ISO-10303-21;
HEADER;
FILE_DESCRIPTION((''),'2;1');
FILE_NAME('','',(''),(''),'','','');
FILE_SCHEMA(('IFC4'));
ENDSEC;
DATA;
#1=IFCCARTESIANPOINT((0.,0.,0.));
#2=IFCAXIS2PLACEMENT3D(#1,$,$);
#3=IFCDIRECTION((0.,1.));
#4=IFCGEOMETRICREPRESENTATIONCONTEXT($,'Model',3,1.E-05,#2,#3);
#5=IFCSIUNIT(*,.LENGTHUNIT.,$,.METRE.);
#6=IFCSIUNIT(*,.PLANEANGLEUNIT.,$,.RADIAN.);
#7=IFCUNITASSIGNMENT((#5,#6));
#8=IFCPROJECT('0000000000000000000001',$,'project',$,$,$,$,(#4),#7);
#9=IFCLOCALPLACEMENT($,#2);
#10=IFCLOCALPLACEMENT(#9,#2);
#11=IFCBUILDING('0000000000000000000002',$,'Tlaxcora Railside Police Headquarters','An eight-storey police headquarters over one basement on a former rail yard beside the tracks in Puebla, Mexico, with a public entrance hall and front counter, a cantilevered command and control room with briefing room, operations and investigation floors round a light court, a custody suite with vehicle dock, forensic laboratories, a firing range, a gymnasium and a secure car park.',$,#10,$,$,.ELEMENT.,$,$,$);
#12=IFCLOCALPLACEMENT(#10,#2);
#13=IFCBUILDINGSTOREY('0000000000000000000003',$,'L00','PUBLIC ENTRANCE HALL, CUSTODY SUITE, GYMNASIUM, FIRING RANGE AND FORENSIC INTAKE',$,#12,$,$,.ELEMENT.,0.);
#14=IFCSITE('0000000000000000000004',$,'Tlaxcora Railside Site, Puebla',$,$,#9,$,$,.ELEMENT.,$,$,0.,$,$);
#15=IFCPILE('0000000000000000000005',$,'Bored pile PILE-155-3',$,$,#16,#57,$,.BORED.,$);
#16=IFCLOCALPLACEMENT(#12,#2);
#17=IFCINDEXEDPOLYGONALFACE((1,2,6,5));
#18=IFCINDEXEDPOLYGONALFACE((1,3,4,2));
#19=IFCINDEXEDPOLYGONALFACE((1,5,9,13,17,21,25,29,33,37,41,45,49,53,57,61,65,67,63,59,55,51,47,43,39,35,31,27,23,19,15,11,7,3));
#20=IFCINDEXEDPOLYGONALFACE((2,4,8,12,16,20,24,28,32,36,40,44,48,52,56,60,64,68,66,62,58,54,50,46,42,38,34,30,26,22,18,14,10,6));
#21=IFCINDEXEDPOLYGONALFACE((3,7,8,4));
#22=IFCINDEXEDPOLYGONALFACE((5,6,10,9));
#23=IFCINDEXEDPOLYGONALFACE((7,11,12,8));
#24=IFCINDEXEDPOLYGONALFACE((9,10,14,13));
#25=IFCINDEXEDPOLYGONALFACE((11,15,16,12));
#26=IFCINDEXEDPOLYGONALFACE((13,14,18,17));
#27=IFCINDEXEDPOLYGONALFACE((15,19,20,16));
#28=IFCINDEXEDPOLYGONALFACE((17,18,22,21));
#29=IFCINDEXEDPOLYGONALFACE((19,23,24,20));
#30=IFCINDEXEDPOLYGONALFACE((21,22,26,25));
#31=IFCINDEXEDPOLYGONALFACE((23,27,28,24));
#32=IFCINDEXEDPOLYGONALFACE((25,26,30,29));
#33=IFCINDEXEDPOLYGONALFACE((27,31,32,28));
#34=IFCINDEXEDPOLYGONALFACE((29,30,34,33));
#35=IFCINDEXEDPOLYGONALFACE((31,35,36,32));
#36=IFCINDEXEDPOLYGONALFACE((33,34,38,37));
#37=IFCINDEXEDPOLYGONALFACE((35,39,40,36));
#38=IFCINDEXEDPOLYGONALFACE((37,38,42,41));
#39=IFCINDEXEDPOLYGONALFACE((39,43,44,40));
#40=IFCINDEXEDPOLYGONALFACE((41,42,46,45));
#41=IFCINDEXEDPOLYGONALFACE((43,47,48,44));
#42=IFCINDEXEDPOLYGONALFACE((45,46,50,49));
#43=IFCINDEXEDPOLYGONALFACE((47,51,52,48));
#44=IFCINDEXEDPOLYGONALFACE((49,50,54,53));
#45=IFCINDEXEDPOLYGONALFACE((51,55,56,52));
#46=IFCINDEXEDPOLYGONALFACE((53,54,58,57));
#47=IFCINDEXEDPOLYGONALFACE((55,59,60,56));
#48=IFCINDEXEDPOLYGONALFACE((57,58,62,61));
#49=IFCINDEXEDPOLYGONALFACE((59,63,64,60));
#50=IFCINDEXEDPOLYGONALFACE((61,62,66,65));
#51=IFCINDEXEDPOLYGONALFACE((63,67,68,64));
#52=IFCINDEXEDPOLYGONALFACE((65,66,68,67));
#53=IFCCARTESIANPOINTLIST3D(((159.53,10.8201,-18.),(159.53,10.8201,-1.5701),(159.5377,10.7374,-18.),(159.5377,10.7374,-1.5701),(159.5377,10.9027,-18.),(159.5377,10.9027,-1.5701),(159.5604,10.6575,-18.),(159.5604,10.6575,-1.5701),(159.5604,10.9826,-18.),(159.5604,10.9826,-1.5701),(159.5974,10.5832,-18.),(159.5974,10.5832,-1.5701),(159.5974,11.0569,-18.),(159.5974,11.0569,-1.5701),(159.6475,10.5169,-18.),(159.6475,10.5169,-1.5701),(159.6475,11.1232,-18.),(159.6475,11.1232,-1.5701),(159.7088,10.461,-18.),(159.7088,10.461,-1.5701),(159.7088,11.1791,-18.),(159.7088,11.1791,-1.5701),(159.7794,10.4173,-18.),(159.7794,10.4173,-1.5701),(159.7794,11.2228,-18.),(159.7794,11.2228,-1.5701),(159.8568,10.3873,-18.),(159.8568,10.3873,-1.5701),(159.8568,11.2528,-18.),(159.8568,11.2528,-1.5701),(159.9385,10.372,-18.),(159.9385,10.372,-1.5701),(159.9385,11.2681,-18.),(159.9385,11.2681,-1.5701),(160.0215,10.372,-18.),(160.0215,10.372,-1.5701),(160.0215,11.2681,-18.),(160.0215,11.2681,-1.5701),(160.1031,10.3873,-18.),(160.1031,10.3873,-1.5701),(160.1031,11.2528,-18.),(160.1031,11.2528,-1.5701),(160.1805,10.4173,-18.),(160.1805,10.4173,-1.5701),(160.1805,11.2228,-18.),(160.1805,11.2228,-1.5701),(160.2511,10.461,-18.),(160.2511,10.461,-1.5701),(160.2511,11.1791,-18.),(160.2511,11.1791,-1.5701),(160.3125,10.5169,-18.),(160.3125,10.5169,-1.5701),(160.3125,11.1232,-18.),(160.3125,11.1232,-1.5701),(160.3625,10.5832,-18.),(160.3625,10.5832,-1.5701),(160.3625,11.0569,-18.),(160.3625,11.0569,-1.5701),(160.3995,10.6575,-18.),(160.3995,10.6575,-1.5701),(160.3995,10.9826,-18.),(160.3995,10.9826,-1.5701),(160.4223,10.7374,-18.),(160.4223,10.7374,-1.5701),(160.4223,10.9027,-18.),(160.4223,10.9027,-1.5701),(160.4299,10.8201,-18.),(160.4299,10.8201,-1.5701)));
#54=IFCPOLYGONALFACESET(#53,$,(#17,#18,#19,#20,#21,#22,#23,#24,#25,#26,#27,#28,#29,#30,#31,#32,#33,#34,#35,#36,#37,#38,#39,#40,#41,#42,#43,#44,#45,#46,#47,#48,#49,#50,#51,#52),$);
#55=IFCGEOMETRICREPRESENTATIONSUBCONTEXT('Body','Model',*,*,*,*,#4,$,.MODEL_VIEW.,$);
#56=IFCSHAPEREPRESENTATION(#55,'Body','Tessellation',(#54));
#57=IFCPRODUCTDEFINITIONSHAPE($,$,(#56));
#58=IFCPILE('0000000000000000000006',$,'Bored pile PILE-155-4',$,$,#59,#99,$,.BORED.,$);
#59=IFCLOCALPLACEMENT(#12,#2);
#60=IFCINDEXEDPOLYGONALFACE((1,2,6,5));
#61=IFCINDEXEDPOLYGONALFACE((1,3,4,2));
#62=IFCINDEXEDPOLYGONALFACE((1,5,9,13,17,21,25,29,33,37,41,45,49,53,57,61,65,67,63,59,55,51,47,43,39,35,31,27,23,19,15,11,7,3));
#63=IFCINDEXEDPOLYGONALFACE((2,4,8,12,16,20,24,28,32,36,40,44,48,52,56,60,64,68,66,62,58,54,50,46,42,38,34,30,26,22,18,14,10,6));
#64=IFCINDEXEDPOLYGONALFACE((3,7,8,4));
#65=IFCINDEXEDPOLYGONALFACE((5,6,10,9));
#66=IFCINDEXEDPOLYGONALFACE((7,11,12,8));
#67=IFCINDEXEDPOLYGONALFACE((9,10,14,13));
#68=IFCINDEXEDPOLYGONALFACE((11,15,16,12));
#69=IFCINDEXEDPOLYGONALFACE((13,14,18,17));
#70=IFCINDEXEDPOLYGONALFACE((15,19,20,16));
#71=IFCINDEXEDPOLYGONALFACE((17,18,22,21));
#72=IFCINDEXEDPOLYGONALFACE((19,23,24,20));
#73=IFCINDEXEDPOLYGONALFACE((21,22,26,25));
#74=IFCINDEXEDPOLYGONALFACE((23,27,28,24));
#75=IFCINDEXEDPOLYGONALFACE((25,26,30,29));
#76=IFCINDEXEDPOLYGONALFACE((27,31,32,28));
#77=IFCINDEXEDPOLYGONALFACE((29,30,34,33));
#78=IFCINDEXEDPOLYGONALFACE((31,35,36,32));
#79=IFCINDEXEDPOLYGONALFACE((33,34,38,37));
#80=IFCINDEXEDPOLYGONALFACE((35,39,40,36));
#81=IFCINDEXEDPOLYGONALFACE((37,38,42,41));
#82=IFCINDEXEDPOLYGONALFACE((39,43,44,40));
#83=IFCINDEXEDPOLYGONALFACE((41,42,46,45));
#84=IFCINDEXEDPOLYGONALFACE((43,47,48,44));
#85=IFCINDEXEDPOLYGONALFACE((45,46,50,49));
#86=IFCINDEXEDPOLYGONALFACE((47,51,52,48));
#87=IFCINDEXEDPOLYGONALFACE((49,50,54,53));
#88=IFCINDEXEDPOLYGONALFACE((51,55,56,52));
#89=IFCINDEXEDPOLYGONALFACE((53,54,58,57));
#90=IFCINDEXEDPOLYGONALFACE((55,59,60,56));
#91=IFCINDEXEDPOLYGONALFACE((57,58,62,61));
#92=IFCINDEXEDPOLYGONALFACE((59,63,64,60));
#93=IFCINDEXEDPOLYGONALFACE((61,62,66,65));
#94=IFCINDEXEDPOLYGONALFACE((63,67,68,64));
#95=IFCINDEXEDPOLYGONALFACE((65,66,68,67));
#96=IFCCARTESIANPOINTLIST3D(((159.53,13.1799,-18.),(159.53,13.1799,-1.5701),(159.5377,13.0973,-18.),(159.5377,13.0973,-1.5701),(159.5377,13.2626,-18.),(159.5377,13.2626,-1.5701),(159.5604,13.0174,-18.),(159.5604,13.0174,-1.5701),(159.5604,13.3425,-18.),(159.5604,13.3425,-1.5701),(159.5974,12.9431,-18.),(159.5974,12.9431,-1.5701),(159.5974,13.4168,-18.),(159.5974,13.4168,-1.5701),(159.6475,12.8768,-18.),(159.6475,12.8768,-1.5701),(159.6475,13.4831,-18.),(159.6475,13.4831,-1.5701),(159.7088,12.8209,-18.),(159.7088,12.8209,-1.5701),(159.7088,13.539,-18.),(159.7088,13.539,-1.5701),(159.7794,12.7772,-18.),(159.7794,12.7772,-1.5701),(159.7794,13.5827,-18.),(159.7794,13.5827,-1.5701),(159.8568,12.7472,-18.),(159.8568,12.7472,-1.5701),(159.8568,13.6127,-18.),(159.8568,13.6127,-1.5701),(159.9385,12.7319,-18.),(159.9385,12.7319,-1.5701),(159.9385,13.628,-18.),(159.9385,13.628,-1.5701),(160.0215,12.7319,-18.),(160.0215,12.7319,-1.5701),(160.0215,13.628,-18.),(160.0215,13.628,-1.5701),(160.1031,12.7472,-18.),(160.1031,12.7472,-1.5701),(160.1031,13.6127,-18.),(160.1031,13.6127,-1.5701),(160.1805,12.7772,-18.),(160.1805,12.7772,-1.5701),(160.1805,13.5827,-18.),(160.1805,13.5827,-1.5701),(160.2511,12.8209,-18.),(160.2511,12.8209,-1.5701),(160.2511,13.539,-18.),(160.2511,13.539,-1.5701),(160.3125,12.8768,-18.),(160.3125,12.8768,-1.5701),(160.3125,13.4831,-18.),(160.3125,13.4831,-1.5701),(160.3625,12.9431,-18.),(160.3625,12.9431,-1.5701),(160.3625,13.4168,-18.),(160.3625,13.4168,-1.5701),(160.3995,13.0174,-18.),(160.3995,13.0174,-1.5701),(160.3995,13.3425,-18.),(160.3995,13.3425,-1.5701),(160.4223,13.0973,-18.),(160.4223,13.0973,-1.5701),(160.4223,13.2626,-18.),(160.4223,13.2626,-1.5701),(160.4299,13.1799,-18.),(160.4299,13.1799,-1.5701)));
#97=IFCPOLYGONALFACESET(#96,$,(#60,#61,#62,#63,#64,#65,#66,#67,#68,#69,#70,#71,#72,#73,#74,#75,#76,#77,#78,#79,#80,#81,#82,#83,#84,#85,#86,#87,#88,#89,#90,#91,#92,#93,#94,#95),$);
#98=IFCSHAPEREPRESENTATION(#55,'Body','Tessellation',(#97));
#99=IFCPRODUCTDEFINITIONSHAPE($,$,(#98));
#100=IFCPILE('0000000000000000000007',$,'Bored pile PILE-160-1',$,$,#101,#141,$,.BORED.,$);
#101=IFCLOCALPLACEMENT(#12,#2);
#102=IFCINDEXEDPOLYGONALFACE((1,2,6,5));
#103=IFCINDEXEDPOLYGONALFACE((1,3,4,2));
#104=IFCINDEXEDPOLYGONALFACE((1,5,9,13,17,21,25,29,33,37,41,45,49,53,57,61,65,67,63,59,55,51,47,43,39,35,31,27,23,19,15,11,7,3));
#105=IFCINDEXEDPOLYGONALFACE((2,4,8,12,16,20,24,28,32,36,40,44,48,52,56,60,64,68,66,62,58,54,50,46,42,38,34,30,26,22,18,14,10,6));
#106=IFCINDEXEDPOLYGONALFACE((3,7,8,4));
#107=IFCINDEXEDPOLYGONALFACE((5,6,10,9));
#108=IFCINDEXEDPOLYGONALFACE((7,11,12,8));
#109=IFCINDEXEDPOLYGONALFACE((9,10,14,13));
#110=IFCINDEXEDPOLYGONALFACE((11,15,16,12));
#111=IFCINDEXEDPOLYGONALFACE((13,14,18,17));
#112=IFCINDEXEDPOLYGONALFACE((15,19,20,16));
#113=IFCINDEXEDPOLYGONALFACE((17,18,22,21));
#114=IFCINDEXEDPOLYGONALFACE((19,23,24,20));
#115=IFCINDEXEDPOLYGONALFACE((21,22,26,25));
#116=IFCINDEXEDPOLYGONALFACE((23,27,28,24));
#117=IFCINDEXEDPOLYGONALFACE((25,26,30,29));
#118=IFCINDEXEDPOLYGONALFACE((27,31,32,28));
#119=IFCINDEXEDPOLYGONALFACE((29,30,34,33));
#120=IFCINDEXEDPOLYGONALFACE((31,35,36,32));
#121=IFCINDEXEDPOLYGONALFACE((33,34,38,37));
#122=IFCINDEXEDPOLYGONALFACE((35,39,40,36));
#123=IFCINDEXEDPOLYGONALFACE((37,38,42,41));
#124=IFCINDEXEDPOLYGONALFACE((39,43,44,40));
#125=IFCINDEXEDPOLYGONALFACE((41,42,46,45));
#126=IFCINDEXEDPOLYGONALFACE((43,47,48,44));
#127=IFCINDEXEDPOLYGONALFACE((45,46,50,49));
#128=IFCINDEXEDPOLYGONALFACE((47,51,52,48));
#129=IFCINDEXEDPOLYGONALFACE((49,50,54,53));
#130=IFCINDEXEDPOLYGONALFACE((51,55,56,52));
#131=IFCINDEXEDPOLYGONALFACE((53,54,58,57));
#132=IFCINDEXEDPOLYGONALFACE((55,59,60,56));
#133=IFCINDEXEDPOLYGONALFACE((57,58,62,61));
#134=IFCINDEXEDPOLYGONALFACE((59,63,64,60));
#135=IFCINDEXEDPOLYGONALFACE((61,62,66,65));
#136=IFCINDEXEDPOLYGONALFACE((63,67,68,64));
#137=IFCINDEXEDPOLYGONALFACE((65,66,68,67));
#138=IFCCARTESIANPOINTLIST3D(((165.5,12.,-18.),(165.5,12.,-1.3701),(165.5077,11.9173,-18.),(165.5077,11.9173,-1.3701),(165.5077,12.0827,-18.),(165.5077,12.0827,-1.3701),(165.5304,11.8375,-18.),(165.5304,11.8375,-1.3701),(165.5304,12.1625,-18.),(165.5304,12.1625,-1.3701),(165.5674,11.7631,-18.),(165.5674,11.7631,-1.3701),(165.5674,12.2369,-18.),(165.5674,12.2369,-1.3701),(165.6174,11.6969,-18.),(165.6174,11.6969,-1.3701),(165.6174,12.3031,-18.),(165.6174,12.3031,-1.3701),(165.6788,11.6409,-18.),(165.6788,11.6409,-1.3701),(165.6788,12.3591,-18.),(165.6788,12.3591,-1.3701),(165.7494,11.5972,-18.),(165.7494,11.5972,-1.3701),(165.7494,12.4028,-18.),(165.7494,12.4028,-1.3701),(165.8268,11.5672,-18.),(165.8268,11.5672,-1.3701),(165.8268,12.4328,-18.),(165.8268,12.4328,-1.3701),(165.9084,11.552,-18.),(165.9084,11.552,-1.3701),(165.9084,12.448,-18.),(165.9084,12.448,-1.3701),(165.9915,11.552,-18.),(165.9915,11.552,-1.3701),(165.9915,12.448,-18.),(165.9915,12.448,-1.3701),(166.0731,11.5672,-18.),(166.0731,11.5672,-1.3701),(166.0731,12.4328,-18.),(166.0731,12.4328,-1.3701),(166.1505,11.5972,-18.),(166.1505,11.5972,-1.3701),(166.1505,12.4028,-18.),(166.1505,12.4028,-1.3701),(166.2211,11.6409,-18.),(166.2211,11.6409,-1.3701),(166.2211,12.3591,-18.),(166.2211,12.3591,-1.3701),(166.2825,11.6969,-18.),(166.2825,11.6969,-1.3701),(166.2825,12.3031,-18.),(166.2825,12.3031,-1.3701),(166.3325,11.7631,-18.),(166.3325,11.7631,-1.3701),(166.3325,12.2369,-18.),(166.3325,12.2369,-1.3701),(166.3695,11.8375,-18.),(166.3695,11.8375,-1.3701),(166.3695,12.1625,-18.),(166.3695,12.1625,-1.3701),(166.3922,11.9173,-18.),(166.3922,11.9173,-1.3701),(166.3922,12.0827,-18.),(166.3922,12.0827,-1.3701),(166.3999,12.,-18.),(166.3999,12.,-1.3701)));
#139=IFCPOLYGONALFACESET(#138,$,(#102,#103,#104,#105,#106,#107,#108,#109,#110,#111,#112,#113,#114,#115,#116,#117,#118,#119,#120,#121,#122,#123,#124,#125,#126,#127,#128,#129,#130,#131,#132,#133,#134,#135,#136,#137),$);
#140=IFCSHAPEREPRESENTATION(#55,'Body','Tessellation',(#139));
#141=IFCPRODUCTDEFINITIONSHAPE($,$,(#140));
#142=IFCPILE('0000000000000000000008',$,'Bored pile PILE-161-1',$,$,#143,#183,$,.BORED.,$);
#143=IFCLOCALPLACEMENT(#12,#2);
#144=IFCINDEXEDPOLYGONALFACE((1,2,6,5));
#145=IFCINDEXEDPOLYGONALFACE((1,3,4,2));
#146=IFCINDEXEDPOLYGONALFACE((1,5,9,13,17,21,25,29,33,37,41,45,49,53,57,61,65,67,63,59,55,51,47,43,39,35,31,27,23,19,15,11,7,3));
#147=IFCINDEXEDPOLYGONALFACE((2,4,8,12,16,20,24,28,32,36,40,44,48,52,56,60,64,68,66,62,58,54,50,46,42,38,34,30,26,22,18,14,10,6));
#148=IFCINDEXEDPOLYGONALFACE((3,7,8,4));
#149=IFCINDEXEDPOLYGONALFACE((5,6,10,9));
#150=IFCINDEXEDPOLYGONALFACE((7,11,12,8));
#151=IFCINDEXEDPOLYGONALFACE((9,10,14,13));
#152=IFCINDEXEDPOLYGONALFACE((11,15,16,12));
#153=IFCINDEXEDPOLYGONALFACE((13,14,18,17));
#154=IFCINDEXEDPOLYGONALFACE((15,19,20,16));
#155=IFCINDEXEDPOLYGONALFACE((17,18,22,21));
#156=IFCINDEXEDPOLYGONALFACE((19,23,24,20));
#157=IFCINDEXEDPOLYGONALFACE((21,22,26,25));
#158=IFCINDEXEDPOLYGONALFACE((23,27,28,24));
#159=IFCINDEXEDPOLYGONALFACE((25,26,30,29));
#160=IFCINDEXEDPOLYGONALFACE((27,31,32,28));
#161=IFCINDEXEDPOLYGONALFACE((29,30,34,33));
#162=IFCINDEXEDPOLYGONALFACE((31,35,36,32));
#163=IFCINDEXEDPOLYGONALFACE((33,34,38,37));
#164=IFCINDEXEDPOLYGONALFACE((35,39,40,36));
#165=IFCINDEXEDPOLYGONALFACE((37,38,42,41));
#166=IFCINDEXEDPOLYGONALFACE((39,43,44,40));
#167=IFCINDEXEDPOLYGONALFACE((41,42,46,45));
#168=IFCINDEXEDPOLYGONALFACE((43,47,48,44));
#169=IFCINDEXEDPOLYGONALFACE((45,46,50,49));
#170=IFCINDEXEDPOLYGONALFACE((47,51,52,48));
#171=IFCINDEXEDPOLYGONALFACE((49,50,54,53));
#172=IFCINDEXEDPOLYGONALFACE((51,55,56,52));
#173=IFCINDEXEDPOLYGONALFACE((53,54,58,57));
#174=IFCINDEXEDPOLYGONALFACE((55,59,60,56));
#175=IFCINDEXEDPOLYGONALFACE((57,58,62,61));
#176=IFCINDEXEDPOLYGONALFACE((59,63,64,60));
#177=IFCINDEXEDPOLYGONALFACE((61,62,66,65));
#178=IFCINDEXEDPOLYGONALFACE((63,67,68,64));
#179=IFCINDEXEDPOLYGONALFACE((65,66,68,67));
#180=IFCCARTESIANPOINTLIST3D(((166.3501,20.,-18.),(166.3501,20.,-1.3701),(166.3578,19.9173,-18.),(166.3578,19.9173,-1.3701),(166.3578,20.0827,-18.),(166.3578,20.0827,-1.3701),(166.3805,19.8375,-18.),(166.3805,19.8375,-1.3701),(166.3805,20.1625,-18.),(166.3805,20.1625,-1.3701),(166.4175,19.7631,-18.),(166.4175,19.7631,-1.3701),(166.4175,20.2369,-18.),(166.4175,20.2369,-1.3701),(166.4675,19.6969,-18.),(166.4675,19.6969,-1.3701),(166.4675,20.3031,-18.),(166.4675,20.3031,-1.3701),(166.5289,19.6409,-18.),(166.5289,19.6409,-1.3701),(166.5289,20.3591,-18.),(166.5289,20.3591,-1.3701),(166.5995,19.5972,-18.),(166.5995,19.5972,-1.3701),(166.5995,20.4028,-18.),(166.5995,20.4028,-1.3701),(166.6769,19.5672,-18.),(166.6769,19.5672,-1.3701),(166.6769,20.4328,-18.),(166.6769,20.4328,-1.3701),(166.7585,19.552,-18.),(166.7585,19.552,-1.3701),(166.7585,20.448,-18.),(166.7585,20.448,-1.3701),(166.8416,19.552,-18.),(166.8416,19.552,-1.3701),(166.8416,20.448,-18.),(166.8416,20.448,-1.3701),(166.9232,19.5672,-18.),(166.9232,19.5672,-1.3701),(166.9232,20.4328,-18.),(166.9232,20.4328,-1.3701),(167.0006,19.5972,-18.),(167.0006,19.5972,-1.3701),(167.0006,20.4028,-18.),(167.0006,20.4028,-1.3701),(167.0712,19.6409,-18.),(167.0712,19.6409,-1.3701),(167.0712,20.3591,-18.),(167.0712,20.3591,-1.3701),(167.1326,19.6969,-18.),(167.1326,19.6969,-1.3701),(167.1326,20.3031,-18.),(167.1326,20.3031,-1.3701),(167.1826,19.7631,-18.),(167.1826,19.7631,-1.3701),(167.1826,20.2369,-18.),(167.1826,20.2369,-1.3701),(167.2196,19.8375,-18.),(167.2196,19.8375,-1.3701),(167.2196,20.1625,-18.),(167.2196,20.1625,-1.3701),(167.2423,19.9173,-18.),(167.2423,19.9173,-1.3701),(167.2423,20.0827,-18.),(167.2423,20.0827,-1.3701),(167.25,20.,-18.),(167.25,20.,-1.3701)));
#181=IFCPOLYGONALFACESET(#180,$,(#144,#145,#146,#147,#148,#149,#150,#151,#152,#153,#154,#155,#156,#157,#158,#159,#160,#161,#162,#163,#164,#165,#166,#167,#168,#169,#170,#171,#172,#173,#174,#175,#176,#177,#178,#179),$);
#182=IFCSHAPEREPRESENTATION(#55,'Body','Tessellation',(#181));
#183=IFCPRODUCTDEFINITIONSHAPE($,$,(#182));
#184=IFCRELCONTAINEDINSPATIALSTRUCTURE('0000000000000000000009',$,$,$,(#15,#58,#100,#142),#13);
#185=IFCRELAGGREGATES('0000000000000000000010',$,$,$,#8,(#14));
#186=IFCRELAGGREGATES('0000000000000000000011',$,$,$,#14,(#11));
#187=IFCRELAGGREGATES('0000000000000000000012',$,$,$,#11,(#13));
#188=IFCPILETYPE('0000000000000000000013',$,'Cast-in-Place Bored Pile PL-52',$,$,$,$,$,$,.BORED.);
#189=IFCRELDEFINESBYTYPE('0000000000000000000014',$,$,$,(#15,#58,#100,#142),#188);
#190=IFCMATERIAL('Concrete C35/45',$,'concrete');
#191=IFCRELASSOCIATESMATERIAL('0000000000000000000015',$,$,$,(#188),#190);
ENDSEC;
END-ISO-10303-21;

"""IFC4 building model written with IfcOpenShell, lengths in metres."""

from ifc_helpers import new_model, si_unit, direction, frame, origin, origin_2d, place, context, subcontext, project, spatial, circle, extrude, material, material_profile, profile_set, type_object, element, save


model = new_model("IFC4")

# Units and contexts
model_context = context("Model", 3, precision=1e-05, world=origin(), true_north=direction((0.0, 1.0)))
body_context = subcontext(model_context, "Body", "Model", "MODEL_VIEW")
ifc_project = project(units=[si_unit("LENGTHUNIT", "METRE"), si_unit("PLANEANGLEUNIT", "RADIAN")], contexts=[model_context])

# Site, building, storey
site_placement = place(None, origin())
site = spatial("IfcSite", under=ifc_project, at=site_placement, Name="Tlaxcora Railside Site, Puebla", CompositionType="ELEMENT", RefElevation=0.0)
building_placement = place(site_placement, origin())
building = spatial("IfcBuilding", under=site, at=building_placement, Name="Tlaxcora Railside Police Headquarters", Description="An eight-storey police headquarters over one basement on a former rail yard beside the tracks in Puebla, Mexico, with a public entrance hall and front counter, a cantilevered command and control room with briefing room, operations and investigation floors round a light court, a custody suite with vehicle dock, forensic laboratories, a firing range, a gymnasium and a secure car park.", CompositionType="ELEMENT")
storey_placement = place(building_placement, origin())
storey = spatial("IfcBuildingStorey", under=building, at=storey_placement, Name="L00", Description="PUBLIC ENTRANCE HALL, CUSTODY SUITE, GYMNASIUM, FIRING RANGE AND FORENSIC INTAKE", CompositionType="ELEMENT", Elevation=0.0)

# Piles
ifc_material_1 = material(Name="Concrete C35/45", Category="concrete")
ifc_material_profile_1 = material_profile(ifc_material_1, circle(Radius=0.45, at=origin_2d()), Name="PILE900")
ifc_profile_set_1 = profile_set([ifc_material_profile_1], Name="Concrete C35/45")
pile_type_1 = type_object("IfcPileType", Name="Cast-in-Place Bored Pile PL-52", PredefinedType="BORED", material=ifc_profile_set_1)
for number, where, z_axis, x_axis, name in (
    (1, (159.98, 10.8201, -1.5701), (0.0, 0.0, -1.0), (1.0, 0.0, 0.0), "Bored pile PILE-155-3"),
    (2, (159.98, 13.1799, -1.5701), (0.0, 0.0, -1.0), (1.0, 0.0, 0.0), "Bored pile PILE-155-4"),
):
    element("IfcPile", number, at=place(storey_placement, frame(where, z_axis=z_axis, x_axis=x_axis)), inside=storey, type_object=pile_type_1, Name=name, PredefinedType="BORED", context=body_context, shape_type="SweptSolid", body=[
        extrude(circle(Radius=0.45, at=origin_2d()), origin(), (0.0, 0.0, 1.0), 16.4299),
    ])
for number, where, z_axis, x_axis, name in (
    (3, (165.95, 12.0, -1.3701), (0.0, 0.0, -1.0), (1.0, 0.0, 0.0), "Bored pile PILE-160-1"),
    (4, (166.8, 20.0, -1.3701), (0.0, 0.0, -1.0), (1.0, 0.0, 0.0), "Bored pile PILE-161-1"),
):
    element("IfcPile", number, at=place(storey_placement, frame(where, z_axis=z_axis, x_axis=x_axis)), inside=storey, type_object=pile_type_1, Name=name, PredefinedType="BORED", context=body_context, shape_type="SweptSolid", body=[
        extrude(circle(Radius=0.45, at=origin_2d()), origin(), (0.0, 0.0, 1.0), 16.6299),
    ])

save(model, "model.ifc")
